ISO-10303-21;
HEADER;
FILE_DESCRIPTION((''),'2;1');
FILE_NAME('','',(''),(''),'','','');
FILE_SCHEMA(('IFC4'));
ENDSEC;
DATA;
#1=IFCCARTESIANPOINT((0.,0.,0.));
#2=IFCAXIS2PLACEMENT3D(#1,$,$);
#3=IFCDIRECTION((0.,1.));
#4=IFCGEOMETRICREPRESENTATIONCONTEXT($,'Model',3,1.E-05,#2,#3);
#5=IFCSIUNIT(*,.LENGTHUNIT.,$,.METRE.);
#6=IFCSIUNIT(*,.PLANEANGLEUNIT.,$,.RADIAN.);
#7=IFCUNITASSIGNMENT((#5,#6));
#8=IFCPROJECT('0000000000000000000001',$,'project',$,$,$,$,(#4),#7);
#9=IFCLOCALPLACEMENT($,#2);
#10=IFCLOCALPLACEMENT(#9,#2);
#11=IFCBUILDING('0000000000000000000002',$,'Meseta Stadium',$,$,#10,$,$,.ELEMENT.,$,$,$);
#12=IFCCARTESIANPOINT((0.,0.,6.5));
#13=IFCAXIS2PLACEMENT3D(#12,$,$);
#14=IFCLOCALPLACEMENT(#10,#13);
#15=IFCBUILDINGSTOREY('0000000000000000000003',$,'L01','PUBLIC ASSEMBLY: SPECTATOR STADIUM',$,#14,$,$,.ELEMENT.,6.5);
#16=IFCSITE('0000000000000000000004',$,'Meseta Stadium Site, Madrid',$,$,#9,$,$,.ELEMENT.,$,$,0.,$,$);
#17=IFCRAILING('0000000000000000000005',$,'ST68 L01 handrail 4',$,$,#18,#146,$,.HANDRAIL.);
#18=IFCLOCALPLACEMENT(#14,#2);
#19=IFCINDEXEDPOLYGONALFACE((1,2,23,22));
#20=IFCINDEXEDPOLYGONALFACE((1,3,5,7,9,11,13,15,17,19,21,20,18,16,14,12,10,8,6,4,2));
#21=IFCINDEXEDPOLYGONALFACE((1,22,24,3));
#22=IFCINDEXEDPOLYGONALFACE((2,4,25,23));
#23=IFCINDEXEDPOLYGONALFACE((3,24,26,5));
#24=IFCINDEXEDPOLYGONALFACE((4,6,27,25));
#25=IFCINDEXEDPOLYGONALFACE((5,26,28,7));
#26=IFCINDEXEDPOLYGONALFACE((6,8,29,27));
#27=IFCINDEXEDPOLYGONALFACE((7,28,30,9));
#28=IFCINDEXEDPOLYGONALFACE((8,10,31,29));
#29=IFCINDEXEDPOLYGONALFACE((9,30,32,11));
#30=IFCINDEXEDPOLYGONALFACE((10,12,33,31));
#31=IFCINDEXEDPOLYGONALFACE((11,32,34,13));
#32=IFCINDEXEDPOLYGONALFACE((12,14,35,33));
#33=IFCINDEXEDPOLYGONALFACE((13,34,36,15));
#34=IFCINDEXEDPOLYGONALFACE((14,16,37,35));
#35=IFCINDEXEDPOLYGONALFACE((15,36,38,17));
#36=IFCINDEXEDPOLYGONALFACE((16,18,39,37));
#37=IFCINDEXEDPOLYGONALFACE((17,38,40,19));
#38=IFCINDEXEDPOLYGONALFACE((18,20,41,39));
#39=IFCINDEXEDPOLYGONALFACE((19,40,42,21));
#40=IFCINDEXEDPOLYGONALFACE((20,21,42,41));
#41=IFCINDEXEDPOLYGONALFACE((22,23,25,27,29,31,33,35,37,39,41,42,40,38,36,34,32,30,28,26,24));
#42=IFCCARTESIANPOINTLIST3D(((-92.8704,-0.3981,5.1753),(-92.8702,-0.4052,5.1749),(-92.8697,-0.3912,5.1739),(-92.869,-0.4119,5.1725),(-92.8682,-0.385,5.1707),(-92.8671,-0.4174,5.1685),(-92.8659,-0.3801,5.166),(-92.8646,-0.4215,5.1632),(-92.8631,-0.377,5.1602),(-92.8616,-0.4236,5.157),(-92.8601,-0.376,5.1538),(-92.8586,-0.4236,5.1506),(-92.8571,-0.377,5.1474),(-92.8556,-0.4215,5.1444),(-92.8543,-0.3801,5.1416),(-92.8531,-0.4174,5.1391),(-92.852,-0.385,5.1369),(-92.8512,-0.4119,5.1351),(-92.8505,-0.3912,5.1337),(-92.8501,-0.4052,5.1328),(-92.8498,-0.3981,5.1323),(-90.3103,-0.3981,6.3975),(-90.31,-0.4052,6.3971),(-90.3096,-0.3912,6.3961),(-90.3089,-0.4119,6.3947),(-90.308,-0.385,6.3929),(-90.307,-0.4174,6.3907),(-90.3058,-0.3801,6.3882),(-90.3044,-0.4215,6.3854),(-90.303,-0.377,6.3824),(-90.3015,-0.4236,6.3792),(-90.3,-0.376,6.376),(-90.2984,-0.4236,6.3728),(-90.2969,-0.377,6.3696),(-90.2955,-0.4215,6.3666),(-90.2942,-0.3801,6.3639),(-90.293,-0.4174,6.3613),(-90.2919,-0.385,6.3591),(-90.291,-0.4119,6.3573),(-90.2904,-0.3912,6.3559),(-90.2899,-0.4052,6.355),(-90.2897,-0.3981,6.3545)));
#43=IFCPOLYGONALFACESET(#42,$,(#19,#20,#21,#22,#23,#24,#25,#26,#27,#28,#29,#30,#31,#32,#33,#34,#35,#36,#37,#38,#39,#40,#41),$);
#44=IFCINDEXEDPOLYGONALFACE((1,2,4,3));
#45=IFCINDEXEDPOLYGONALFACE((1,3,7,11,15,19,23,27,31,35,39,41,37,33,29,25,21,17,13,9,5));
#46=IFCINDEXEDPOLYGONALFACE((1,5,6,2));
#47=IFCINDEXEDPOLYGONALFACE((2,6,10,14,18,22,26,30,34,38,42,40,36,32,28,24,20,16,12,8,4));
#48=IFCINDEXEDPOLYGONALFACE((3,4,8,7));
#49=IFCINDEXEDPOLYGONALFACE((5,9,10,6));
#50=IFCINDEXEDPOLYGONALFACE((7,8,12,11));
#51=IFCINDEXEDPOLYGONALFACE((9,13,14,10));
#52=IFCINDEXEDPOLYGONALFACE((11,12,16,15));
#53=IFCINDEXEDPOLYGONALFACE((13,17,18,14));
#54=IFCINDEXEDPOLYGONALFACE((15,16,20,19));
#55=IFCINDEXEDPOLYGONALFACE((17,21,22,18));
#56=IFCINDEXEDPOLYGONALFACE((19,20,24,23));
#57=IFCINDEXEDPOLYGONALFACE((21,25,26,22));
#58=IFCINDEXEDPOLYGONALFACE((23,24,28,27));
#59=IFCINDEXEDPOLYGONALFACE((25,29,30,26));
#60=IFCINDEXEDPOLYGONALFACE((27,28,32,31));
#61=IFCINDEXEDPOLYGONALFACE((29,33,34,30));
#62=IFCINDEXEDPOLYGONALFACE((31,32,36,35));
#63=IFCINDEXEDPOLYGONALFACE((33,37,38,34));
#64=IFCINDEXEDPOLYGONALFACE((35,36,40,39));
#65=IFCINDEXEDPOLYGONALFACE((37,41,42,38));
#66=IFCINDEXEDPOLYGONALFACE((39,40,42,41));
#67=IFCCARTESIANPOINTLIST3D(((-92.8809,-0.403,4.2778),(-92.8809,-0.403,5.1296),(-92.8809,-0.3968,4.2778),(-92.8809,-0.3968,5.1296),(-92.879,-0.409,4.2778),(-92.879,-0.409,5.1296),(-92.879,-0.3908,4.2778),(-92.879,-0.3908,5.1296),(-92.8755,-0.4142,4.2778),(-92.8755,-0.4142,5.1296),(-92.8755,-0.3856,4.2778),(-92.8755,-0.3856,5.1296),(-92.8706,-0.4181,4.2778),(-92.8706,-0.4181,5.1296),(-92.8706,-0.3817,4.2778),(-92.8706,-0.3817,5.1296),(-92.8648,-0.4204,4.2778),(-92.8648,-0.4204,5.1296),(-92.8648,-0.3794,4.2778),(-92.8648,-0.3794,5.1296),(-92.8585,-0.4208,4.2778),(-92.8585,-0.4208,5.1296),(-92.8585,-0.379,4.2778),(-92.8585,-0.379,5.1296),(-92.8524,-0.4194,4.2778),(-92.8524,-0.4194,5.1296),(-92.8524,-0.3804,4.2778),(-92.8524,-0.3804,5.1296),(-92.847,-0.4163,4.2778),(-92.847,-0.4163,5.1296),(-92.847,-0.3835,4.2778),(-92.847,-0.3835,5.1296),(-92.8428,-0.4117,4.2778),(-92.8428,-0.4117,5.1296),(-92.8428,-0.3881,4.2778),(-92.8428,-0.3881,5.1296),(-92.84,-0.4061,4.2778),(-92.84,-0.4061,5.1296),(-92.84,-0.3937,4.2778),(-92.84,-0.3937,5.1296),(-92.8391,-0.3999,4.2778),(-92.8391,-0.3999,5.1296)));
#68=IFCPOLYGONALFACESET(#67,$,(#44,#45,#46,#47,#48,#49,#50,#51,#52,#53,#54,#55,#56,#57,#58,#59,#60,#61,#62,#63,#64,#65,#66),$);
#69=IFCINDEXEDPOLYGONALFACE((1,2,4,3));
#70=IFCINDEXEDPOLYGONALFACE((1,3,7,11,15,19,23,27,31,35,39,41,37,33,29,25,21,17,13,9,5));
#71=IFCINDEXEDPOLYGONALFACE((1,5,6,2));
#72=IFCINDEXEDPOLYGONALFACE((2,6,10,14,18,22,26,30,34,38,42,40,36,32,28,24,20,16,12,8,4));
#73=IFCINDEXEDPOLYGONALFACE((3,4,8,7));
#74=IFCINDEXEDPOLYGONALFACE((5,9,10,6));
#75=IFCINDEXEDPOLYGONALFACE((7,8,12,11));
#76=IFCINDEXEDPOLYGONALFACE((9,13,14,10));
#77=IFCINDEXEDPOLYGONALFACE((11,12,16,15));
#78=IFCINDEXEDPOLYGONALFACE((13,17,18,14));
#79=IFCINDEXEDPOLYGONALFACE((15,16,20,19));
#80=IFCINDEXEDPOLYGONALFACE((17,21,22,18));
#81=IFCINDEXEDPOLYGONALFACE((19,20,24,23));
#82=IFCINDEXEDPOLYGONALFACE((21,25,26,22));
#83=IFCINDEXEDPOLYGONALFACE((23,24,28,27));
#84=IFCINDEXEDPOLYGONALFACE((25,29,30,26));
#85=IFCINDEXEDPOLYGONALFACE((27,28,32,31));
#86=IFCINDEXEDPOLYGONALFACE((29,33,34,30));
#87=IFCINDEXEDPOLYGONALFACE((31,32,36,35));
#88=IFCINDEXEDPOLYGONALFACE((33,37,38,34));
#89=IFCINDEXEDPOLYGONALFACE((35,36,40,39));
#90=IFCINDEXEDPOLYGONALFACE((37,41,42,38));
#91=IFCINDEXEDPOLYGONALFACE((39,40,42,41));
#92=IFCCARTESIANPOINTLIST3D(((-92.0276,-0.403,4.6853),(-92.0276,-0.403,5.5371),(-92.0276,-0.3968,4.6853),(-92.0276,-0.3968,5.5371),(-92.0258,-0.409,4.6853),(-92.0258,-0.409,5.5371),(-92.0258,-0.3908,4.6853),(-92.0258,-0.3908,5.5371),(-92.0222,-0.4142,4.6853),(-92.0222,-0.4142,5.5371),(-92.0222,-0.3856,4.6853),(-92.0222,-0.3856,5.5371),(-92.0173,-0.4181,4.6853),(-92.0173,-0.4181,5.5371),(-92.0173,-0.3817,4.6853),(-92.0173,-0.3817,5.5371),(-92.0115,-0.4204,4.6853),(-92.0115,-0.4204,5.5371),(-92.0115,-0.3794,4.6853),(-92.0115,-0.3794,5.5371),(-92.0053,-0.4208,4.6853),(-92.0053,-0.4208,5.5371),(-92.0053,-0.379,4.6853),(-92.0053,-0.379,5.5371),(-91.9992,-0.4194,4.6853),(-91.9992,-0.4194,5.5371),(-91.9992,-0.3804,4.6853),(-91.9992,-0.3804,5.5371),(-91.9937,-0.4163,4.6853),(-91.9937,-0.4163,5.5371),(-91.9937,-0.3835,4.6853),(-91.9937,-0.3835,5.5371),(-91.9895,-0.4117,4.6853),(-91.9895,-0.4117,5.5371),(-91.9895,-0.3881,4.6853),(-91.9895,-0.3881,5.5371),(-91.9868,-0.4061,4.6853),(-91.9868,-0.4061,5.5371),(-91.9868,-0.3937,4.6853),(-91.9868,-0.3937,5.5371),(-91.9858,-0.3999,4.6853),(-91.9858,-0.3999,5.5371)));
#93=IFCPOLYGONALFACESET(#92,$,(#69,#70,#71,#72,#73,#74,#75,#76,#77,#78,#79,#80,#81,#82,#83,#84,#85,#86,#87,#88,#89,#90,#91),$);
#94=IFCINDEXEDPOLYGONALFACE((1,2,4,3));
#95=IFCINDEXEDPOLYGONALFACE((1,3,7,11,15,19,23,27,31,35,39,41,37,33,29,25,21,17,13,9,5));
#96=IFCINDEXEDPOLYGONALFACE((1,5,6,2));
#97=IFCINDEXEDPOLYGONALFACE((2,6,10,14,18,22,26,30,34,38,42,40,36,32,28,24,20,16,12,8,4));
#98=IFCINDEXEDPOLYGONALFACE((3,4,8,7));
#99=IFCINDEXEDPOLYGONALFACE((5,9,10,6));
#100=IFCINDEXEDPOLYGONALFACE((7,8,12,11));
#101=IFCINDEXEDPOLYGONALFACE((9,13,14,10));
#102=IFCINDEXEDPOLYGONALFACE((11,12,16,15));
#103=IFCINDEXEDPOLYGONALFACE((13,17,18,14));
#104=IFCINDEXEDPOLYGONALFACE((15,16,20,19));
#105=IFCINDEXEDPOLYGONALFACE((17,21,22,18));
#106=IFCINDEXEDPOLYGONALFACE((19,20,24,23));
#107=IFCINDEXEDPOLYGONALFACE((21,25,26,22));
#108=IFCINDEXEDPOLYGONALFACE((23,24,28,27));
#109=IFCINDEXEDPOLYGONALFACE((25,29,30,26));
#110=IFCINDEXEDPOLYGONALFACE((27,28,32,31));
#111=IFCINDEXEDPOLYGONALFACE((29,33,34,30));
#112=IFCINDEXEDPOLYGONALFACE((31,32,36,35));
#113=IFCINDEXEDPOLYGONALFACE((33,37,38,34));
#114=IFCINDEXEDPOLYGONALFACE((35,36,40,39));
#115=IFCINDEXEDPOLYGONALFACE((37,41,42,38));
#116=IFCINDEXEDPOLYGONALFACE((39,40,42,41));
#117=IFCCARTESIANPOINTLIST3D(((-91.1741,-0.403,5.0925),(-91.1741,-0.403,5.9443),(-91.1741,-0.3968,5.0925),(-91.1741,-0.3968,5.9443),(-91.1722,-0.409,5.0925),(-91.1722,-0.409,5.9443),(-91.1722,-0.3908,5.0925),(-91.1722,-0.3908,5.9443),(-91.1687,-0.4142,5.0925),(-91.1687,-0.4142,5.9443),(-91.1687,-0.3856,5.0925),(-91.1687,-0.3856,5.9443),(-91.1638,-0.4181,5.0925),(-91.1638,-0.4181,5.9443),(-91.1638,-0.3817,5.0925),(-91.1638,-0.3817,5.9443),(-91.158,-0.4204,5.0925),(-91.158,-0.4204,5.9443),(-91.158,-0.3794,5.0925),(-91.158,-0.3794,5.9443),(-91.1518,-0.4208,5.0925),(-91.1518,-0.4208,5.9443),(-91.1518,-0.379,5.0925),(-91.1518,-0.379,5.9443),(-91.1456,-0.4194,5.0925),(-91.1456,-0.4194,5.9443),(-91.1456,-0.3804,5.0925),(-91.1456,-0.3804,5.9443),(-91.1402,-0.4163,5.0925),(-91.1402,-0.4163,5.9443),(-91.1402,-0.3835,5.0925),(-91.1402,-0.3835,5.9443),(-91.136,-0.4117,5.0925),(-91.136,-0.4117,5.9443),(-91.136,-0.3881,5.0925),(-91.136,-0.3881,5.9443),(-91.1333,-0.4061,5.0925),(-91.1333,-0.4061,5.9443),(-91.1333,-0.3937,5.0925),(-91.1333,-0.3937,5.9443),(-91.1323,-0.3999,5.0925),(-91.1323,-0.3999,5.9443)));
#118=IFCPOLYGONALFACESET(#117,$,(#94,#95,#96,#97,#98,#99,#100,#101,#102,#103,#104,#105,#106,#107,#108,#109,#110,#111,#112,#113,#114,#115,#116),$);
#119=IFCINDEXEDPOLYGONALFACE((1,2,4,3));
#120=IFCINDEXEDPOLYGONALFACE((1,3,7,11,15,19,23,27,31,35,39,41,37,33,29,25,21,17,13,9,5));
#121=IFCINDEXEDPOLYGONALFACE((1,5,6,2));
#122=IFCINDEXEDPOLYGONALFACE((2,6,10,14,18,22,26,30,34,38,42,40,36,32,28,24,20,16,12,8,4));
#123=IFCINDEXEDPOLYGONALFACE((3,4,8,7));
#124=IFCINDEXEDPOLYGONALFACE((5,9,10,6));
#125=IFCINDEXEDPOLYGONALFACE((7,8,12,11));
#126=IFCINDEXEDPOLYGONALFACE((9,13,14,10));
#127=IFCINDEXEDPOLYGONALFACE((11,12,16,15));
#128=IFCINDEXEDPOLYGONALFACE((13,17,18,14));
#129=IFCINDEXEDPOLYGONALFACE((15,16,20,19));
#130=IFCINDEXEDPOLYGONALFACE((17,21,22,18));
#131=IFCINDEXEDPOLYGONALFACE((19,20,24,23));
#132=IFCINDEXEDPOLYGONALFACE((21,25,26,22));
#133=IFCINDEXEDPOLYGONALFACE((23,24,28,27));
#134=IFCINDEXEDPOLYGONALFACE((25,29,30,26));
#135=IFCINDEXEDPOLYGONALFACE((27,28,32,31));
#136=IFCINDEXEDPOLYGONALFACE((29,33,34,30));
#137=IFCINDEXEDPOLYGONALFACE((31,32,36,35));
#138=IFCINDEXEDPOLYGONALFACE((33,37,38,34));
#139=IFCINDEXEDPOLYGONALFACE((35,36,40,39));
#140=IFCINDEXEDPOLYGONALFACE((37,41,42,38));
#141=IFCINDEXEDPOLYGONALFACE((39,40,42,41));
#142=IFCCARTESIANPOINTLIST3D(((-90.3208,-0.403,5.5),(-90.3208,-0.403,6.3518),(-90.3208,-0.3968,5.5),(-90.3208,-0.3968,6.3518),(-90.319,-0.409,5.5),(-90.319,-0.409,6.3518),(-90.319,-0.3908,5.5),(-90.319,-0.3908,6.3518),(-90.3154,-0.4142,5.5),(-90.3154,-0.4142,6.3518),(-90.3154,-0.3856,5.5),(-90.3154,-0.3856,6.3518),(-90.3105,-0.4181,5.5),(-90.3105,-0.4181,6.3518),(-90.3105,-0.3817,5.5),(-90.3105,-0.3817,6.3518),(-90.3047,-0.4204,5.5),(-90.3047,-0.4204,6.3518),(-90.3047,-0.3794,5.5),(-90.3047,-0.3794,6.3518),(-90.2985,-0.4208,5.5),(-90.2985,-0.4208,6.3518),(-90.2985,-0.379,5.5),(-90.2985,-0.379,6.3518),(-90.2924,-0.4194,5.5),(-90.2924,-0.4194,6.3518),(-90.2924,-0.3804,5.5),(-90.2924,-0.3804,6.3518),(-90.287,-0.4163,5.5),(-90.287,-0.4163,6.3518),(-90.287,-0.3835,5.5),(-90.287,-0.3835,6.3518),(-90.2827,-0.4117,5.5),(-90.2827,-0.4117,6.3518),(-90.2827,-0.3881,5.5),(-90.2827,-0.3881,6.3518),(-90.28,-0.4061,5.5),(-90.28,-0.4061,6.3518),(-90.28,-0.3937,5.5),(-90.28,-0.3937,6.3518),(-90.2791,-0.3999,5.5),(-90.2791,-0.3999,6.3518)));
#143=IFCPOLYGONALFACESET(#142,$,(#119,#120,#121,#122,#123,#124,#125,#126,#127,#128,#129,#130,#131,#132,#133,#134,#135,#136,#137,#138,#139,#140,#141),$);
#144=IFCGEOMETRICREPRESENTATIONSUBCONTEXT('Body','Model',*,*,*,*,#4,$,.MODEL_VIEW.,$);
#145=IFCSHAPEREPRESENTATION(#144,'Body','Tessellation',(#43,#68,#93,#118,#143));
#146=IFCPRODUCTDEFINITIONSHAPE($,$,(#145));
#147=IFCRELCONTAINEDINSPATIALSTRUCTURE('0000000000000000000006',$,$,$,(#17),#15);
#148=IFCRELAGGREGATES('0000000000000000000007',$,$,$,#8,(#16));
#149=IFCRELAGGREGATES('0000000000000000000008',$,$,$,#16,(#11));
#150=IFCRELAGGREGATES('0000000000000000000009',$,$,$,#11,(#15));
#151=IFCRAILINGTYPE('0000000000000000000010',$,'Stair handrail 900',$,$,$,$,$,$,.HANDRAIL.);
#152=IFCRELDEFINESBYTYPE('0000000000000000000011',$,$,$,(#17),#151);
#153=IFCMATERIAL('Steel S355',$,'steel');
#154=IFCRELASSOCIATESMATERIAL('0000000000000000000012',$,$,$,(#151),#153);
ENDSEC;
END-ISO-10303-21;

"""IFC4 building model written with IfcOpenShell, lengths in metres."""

from ifc_helpers import new_model, si_unit, direction, frame, origin, origin_2d, place, context, subcontext, project, spatial, circle, extrude, material, type_object, element, save


model = new_model("IFC4")

# Units and contexts
model_context = context("Model", 3, precision=1e-05, world=origin(), true_north=direction((0.0, 1.0)))
body_context = subcontext(model_context, "Body", "Model", "MODEL_VIEW")
ifc_project = project(units=[si_unit("LENGTHUNIT", "METRE"), si_unit("PLANEANGLEUNIT", "RADIAN")], contexts=[model_context])

# Site, building, storey
site_placement = place(None, origin())
site = spatial("IfcSite", under=ifc_project, at=site_placement, Name="Meseta Stadium Site, Madrid", CompositionType="ELEMENT", RefElevation=0.0)
building_placement = place(site_placement, origin())
building = spatial("IfcBuilding", under=site, at=building_placement, Name="Meseta Stadium", CompositionType="ELEMENT")
storey_placement = place(building_placement, frame((0.0, 0.0, 6.5)))
storey = spatial("IfcBuildingStorey", under=building, at=storey_placement, Name="L01", Description="PUBLIC ASSEMBLY: SPECTATOR STADIUM", CompositionType="ELEMENT", Elevation=6.5)

# Railing
ifc_material_1 = material(Name="Steel S355", Category="steel")
railing_type = type_object("IfcRailingType", Name="Stair handrail 900", PredefinedType="HANDRAIL", material=ifc_material_1)
railing_placement = place(storey_placement, frame((-92.8601, -0.3999, 4.2778)))
element("IfcRailing", 1, at=railing_placement, inside=storey, type_object=railing_type, Name="ST68 L01 handrail 4", PredefinedType="HANDRAIL", context=body_context, shape_type="SweptSolid", body=[
    extrude(circle(Radius=0.0239, at=origin_2d()), frame((0.0, 0.0, 0.876), z_axis=(0.902437, 0.0, 0.430822), x_axis=(0.0, 1.0, 0.0)), (0.0, 0.0, 1.0), 2.8369),
    extrude(circle(Radius=0.021, at=origin_2d()), origin(), (0.0, 0.0, 1.0), 0.8518),
    extrude(circle(Radius=0.021, at=origin_2d()), frame((0.8533, 0.0, 0.4075)), (0.0, 0.0, 1.0), 0.8518),
    extrude(circle(Radius=0.021, at=origin_2d()), frame((1.7068, 0.0, 0.8147)), (0.0, 0.0, 1.0), 0.8518),
    extrude(circle(Radius=0.021, at=origin_2d()), frame((2.5601, 0.0, 1.2222)), (0.0, 0.0, 1.0), 0.8518),
])

save(model, "model.ifc")
